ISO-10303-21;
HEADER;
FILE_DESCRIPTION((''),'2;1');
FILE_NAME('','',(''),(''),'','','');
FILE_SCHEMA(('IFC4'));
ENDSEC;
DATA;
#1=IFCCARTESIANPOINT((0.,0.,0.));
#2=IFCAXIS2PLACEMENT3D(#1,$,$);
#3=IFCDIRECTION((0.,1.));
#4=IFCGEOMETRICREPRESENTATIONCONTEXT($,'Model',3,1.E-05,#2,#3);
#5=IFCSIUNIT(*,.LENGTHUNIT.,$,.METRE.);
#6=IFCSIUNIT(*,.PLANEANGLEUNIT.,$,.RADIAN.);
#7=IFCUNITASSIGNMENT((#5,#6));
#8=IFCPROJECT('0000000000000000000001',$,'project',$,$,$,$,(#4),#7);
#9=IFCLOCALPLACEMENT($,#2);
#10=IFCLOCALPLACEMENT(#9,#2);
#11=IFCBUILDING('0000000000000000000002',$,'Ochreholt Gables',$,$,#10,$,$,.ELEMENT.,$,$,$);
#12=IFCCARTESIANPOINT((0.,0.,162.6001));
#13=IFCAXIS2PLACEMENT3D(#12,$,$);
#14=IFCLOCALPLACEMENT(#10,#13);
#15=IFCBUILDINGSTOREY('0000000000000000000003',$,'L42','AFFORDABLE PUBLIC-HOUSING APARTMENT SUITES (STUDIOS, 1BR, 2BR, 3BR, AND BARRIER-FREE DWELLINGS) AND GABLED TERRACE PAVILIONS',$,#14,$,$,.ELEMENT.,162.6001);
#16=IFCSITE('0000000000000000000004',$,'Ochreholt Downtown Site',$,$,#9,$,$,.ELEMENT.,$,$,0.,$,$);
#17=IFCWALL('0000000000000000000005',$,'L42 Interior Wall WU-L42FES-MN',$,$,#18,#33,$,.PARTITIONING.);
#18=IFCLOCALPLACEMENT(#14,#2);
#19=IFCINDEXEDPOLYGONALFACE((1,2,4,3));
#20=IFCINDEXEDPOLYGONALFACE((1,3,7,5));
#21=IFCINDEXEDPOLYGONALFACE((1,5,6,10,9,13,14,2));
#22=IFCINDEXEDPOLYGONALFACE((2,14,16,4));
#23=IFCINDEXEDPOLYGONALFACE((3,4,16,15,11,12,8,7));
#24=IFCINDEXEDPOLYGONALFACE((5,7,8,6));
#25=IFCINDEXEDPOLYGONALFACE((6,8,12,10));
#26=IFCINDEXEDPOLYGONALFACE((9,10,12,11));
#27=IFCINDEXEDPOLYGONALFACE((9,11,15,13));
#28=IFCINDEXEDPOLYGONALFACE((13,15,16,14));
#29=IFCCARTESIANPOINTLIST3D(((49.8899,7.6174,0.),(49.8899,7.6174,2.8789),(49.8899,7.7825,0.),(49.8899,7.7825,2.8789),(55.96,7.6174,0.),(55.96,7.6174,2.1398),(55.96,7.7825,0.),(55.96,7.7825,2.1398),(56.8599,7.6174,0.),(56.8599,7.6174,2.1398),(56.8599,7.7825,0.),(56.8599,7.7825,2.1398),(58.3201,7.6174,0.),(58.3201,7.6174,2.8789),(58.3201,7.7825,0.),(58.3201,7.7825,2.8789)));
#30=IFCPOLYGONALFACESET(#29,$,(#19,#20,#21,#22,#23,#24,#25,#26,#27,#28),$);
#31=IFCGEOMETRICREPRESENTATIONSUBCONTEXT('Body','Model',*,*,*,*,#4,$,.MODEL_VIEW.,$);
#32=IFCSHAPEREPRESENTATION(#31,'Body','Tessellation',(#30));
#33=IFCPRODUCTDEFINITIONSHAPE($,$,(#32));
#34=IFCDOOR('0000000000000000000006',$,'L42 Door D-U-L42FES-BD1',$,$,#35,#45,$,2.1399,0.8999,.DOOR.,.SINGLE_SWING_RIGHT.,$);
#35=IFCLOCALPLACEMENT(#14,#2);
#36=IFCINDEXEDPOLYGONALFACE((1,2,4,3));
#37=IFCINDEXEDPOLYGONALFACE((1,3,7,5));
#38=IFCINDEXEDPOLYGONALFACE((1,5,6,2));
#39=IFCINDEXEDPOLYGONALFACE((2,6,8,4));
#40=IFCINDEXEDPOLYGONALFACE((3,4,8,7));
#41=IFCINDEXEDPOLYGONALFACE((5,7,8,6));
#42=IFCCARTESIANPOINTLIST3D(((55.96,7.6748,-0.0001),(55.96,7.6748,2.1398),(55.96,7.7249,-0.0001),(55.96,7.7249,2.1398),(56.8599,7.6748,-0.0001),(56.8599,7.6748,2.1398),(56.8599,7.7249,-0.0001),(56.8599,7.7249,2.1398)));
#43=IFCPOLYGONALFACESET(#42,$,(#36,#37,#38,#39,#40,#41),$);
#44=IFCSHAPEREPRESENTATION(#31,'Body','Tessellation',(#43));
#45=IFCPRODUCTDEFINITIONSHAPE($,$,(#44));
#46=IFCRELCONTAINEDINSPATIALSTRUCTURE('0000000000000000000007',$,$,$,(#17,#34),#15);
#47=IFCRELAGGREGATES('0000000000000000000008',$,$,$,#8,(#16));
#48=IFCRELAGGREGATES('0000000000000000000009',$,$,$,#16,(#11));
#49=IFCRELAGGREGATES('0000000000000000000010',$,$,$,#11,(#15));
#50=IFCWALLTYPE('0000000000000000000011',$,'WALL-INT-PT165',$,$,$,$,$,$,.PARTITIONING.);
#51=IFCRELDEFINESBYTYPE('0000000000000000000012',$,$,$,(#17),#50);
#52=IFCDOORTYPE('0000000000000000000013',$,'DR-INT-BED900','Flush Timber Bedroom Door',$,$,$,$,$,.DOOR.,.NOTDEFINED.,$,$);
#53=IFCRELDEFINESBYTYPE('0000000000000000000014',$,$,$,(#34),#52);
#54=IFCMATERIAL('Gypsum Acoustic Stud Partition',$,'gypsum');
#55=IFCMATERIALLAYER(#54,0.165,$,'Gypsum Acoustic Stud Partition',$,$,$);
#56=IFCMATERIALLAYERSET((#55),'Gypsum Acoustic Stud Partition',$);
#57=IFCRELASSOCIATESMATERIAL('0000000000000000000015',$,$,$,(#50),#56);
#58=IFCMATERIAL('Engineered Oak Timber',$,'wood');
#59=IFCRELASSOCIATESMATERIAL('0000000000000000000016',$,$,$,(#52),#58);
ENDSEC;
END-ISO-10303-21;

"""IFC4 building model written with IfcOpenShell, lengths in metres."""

from ifc_helpers import new_model, si_unit, direction, frame, frame_2d, origin, place, context, subcontext, project, spatial, rectangle, extrude, material, layer, layer_set, type_object, element, fill, save


model = new_model("IFC4")

# Units and contexts
model_context = context("Model", 3, precision=1e-05, world=origin(), true_north=direction((0.0, 1.0)))
body_context = subcontext(model_context, "Body", "Model", "MODEL_VIEW")
ifc_project = project(units=[si_unit("LENGTHUNIT", "METRE"), si_unit("PLANEANGLEUNIT", "RADIAN")], contexts=[model_context])

# Site, building, storey
site_placement = place(None, origin())
site = spatial("IfcSite", under=ifc_project, at=site_placement, Name="Ochreholt Downtown Site", CompositionType="ELEMENT", RefElevation=0.0)
building_placement = place(site_placement, origin())
building = spatial("IfcBuilding", under=site, at=building_placement, Name="Ochreholt Gables", CompositionType="ELEMENT")
storey_placement = place(building_placement, frame((0.0, 0.0, 162.6001)))
storey = spatial("IfcBuildingStorey", under=building, at=storey_placement, Name="L42", Description="AFFORDABLE PUBLIC-HOUSING APARTMENT SUITES (STUDIOS, 1BR, 2BR, 3BR, AND BARRIER-FREE DWELLINGS) AND GABLED TERRACE PAVILIONS", CompositionType="ELEMENT", Elevation=162.6001)

# Shared definitions
ifc_material_1 = material(Name="Engineered Oak Timber", Category="wood")

# Wall, opening, door
ifc_material_2 = material(Name="Gypsum Acoustic Stud Partition", Category="gypsum")
ifc_layer_1 = layer(ifc_material_2, 0.165, Name="Gypsum Acoustic Stud Partition")
ifc_layer_set_1 = layer_set([ifc_layer_1], Name="Gypsum Acoustic Stud Partition")
wall_type_1 = type_object("IfcWallType", Name="WALL-INT-PT165", PredefinedType="PARTITIONING", material=ifc_layer_set_1)
wall_1_placement = place(storey_placement, frame((49.8899, 7.7, 0.0), z_axis=(0.0, 0.0, 1.0), x_axis=(1.0, 0.0, 0.0)))
wall_1 = element("IfcWall", 1, at=wall_1_placement, inside=storey, type_object=wall_type_1, Name="L42 Interior Wall WU-L42FES-MN", PredefinedType="PARTITIONING", context=body_context, shape_type="SweptSolid", body=[
    extrude(rectangle(XDim=8.4302, YDim=0.165, at=frame_2d((4.2151, 0.0))), origin(), (0.0, 0.0, 1.0), 2.8789),
])
opening_1_placement = place(wall_1_placement, frame((6.0701, 0.0, 0.0)))
opening_1 = element("IfcOpeningElement", 2, at=opening_1_placement, cuts=wall_1, PredefinedType="OPENING", context=body_context, shape_type="SweptSolid", body=[
    extrude(rectangle(XDim=0.8999, YDim=2.1399, at=frame_2d((0.45, 1.0698))), frame((0.0, 0.0925, 0.0), z_axis=(0.0, -1.0, 0.0), x_axis=(1.0, 0.0, 0.0)), (0.0, 0.0, 1.0), 0.1851),
])
door_type_1 = type_object("IfcDoorType", Name="DR-INT-BED900", Description="Flush Timber Bedroom Door", OperationType="NOTDEFINED", PredefinedType="DOOR", material=ifc_material_1)
door_1_placement = place(opening_1_placement, origin())
door_1 = element("IfcDoor", 3, at=door_1_placement, inside=storey, type_object=door_type_1, Name="L42 Door D-U-L42FES-BD1", OperationType="SINGLE_SWING_RIGHT", OverallHeight=2.1399, OverallWidth=0.8999, PredefinedType="DOOR", context=body_context, shape_type="SweptSolid", body=[
    extrude(rectangle(XDim=0.8999, YDim=2.1399, at=frame_2d((0.45, 1.0698))), frame((0.0, 0.0249, 0.0), z_axis=(0.0, -1.0, 0.0), x_axis=(1.0, 0.0, 0.0)), (0.0, 0.0, 1.0), 0.05),
])
fill(opening_1, door_1)

save(model, "model.ifc")
